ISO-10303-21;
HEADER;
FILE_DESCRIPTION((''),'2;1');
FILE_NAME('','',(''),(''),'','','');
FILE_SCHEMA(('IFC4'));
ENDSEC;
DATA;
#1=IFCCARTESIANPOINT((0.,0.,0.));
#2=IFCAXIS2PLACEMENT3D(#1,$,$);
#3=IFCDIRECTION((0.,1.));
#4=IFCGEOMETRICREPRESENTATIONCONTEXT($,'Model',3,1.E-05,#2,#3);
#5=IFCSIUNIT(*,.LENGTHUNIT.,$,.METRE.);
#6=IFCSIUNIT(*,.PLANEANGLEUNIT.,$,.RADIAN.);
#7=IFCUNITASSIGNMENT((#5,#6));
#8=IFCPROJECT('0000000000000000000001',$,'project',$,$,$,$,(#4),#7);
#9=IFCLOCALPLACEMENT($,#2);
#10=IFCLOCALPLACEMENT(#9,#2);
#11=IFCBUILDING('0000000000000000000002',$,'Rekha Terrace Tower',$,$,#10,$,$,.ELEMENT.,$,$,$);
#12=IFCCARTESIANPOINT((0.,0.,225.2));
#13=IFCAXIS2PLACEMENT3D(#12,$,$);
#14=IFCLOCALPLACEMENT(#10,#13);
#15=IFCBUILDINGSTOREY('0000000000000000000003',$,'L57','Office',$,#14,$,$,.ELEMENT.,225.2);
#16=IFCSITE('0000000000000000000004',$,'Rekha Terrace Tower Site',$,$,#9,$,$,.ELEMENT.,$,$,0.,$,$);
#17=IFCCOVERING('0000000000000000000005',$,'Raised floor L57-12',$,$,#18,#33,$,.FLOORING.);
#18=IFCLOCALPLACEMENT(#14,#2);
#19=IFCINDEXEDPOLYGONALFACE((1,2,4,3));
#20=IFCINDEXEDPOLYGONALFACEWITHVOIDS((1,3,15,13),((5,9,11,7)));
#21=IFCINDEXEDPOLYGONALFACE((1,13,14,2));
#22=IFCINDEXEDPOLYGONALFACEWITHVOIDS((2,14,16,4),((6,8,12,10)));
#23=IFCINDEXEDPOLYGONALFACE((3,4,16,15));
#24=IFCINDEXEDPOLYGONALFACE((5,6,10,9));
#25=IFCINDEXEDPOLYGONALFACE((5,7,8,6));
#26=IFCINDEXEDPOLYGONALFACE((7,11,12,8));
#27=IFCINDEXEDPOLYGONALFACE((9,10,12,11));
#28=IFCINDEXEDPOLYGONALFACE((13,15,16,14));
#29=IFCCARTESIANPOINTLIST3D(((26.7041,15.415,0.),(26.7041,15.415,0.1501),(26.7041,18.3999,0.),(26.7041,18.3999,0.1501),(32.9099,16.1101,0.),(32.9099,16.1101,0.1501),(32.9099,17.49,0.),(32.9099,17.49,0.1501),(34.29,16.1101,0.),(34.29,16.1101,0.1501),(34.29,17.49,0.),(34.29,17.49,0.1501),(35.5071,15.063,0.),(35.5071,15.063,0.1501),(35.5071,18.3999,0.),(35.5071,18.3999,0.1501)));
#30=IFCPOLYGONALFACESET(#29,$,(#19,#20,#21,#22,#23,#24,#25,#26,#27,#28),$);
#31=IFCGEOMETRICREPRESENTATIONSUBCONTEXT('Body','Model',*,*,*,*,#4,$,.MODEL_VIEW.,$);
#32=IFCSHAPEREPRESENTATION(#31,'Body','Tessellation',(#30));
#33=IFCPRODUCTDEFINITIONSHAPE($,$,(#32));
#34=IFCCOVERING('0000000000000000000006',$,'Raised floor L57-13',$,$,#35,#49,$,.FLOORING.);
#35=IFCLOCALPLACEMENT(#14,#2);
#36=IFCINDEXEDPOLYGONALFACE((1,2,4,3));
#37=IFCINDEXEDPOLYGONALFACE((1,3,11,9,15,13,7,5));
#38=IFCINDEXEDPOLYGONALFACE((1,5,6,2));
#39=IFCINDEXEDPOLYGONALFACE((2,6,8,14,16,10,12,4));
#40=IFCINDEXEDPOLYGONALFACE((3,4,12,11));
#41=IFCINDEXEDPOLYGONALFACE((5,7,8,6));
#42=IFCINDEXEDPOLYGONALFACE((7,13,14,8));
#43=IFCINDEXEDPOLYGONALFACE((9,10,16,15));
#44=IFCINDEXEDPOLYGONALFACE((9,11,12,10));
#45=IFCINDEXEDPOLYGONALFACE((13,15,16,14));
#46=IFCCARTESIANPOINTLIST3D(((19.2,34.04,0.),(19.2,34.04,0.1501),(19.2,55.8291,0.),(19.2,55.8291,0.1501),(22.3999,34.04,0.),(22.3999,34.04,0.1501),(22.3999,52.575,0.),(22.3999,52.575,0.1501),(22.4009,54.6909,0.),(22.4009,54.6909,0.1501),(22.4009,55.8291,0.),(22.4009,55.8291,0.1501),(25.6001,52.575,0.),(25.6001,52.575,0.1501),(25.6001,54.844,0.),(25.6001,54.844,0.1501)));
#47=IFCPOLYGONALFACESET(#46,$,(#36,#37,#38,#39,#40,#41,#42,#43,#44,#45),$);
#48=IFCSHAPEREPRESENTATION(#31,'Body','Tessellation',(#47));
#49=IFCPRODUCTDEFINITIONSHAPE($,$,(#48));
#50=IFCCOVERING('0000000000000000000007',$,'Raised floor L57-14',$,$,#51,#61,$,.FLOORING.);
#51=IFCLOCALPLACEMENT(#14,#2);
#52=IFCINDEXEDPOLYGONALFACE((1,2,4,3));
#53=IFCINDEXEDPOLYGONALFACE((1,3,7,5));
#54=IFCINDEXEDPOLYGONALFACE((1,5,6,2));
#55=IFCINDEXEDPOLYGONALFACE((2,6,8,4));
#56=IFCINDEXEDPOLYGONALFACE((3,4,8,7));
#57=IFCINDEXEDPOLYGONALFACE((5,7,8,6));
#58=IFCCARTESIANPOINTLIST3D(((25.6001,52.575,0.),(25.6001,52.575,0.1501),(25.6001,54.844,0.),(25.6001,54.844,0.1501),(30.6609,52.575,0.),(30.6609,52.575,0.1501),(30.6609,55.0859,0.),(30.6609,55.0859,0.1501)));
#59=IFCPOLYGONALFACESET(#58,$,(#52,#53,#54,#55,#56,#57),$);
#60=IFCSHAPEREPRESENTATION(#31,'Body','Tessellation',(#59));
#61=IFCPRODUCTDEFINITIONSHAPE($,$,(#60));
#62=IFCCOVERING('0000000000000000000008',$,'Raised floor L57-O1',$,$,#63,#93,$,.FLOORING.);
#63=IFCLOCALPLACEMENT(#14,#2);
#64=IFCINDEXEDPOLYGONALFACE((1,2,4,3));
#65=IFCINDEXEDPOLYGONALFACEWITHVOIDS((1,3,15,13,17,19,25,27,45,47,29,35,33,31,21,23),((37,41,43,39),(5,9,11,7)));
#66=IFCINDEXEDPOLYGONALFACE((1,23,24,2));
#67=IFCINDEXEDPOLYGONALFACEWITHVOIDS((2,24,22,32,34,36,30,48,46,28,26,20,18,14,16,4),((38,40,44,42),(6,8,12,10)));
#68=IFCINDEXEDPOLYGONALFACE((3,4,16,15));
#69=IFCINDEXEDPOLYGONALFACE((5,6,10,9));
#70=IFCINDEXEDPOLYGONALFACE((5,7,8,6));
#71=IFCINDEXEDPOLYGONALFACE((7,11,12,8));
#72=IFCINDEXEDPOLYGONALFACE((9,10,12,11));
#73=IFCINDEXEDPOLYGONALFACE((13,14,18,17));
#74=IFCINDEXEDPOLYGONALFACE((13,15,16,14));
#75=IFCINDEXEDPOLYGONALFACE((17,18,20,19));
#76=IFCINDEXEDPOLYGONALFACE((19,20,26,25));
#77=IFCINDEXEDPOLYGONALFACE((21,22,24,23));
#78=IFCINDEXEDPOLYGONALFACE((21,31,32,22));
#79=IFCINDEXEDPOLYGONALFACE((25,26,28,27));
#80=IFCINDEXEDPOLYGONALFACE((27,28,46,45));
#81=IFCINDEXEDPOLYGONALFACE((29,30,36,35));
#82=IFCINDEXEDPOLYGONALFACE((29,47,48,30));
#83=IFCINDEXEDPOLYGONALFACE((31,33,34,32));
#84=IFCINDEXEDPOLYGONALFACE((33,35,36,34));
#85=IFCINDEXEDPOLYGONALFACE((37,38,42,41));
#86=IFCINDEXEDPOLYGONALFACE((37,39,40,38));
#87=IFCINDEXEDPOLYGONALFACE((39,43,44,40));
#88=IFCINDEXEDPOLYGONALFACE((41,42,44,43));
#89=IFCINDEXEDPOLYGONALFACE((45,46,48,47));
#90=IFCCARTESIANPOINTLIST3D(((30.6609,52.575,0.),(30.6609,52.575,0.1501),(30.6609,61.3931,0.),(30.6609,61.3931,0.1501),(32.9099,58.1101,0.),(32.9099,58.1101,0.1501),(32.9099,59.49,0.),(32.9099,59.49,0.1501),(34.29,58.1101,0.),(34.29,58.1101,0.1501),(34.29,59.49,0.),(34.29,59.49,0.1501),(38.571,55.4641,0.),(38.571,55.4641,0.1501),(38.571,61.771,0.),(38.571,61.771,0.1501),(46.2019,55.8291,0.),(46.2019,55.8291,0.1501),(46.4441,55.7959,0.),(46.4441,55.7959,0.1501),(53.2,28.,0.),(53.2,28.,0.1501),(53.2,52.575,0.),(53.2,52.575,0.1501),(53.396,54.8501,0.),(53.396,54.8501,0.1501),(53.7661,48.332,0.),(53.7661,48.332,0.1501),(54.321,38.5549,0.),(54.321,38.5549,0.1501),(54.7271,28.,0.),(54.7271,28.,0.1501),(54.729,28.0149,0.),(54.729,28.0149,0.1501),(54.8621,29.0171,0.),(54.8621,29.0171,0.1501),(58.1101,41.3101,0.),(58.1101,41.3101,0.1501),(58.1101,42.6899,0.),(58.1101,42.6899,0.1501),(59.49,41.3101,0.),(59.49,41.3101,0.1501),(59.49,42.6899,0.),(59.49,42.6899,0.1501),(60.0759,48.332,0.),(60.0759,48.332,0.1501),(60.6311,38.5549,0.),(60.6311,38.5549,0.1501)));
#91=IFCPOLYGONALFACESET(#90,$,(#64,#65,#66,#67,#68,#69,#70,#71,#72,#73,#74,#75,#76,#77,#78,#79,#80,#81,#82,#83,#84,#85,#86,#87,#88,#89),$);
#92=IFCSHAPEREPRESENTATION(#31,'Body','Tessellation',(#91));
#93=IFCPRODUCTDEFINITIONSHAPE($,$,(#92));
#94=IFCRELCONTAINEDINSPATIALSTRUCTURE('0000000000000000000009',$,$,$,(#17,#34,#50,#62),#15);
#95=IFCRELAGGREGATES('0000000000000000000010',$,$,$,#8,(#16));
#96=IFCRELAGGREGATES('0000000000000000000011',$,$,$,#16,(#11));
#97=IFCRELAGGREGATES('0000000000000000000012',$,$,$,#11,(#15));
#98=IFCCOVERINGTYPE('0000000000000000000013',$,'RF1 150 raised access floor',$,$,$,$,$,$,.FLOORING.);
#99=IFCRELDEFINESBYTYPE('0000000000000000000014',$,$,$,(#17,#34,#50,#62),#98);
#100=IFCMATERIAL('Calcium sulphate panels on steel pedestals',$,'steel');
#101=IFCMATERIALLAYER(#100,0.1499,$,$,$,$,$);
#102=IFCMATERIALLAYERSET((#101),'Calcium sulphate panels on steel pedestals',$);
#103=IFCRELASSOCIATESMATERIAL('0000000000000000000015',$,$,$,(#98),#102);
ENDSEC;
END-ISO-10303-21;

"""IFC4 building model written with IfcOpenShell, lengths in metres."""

from ifc_helpers import new_model, si_unit, direction, frame, origin, place, context, subcontext, project, spatial, polyline, outline, extrude, material, layer, layer_set, type_object, element, save


model = new_model("IFC4")

# Units and contexts
model_context = context("Model", 3, precision=1e-05, world=origin(), true_north=direction((0.0, 1.0)))
body_context = subcontext(model_context, "Body", "Model", "MODEL_VIEW")
ifc_project = project(units=[si_unit("LENGTHUNIT", "METRE"), si_unit("PLANEANGLEUNIT", "RADIAN")], contexts=[model_context])

# Site, building, storey
site_placement = place(None, origin())
site = spatial("IfcSite", under=ifc_project, at=site_placement, Name="Rekha Terrace Tower Site", CompositionType="ELEMENT", RefElevation=0.0)
building_placement = place(site_placement, origin())
building = spatial("IfcBuilding", under=site, at=building_placement, Name="Rekha Terrace Tower", CompositionType="ELEMENT")
storey_placement = place(building_placement, frame((0.0, 0.0, 225.2)))
storey = spatial("IfcBuildingStorey", under=building, at=storey_placement, Name="L57", Description="Office", CompositionType="ELEMENT", Elevation=225.2)

# Coverings
ifc_material_1 = material(Name="Calcium sulphate panels on steel pedestals", Category="steel")
ifc_layer_1 = layer(ifc_material_1, 0.1499)
ifc_layer_set_1 = layer_set([ifc_layer_1], Name="Calcium sulphate panels on steel pedestals")
covering_type_1 = type_object("IfcCoveringType", Name="RF1 150 raised access floor", PredefinedType="FLOORING", material=ifc_layer_set_1)
covering_1_placement = place(storey_placement, origin())
element("IfcCovering", 1, at=covering_1_placement, inside=storey, type_object=covering_type_1, Name="Raised floor L57-12", PredefinedType="FLOORING", context=body_context, shape_type="SweptSolid", body=[
    extrude(outline(polyline([(35.5071, 15.063), (35.5071, 18.3999), (26.7041, 18.3999), (26.7041, 15.415), (35.5071, 15.063)]), holes=[polyline([(34.29, 16.1101), (32.9099, 16.1101), (32.9099, 17.49), (34.29, 17.49), (34.29, 16.1101)])]), origin(), (0.0, 0.0, 1.0), 0.1501),
])
covering_2_placement = place(storey_placement, origin())
element("IfcCovering", 2, at=covering_2_placement, inside=storey, type_object=covering_type_1, Name="Raised floor L57-13", PredefinedType="FLOORING", context=body_context, shape_type="SweptSolid", body=[
    extrude(outline(polyline([(22.3999, 52.575), (25.6001, 52.575), (25.6001, 54.844), (22.4009, 54.6909), (22.4009, 55.8291), (19.2, 55.8291), (19.2, 34.04), (22.3999, 34.04), (22.3999, 52.575)])), origin(), (0.0, 0.0, 1.0), 0.1501),
])
covering_3_placement = place(storey_placement, origin())
element("IfcCovering", 3, at=covering_3_placement, inside=storey, type_object=covering_type_1, Name="Raised floor L57-14", PredefinedType="FLOORING", context=body_context, shape_type="SweptSolid", body=[
    extrude(outline(polyline([(25.6001, 54.844), (25.6001, 52.575), (30.6609, 52.575), (30.6609, 55.0859), (25.6001, 54.844)])), origin(), (0.0, 0.0, 1.0), 0.1501),
])
covering_4_placement = place(storey_placement, origin())
element("IfcCovering", 4, at=covering_4_placement, inside=storey, type_object=covering_type_1, Name="Raised floor L57-O1", PredefinedType="FLOORING", context=body_context, shape_type="SweptSolid", body=[
    extrude(outline(polyline([(46.2019, 55.8291), (38.571, 55.4641), (38.571, 61.771), (30.6609, 61.3931), (30.6609, 52.575), (53.2, 52.575), (53.2, 28.0), (54.7271, 28.0), (54.729, 28.0149), (54.8621, 29.0171), (54.321, 38.5549), (60.6311, 38.5549), (60.0759, 48.332), (53.7661, 48.332), (53.396, 54.8501), (46.4441, 55.7959), (46.2019, 55.8291)]), holes=[polyline([(59.49, 41.3101), (58.1101, 41.3101), (58.1101, 42.6899), (59.49, 42.6899), (59.49, 41.3101)]), polyline([(34.29, 58.1101), (32.9099, 58.1101), (32.9099, 59.49), (34.29, 59.49), (34.29, 58.1101)])]), origin(), (0.0, 0.0, 1.0), 0.1501),
])

save(model, "model.ifc")
